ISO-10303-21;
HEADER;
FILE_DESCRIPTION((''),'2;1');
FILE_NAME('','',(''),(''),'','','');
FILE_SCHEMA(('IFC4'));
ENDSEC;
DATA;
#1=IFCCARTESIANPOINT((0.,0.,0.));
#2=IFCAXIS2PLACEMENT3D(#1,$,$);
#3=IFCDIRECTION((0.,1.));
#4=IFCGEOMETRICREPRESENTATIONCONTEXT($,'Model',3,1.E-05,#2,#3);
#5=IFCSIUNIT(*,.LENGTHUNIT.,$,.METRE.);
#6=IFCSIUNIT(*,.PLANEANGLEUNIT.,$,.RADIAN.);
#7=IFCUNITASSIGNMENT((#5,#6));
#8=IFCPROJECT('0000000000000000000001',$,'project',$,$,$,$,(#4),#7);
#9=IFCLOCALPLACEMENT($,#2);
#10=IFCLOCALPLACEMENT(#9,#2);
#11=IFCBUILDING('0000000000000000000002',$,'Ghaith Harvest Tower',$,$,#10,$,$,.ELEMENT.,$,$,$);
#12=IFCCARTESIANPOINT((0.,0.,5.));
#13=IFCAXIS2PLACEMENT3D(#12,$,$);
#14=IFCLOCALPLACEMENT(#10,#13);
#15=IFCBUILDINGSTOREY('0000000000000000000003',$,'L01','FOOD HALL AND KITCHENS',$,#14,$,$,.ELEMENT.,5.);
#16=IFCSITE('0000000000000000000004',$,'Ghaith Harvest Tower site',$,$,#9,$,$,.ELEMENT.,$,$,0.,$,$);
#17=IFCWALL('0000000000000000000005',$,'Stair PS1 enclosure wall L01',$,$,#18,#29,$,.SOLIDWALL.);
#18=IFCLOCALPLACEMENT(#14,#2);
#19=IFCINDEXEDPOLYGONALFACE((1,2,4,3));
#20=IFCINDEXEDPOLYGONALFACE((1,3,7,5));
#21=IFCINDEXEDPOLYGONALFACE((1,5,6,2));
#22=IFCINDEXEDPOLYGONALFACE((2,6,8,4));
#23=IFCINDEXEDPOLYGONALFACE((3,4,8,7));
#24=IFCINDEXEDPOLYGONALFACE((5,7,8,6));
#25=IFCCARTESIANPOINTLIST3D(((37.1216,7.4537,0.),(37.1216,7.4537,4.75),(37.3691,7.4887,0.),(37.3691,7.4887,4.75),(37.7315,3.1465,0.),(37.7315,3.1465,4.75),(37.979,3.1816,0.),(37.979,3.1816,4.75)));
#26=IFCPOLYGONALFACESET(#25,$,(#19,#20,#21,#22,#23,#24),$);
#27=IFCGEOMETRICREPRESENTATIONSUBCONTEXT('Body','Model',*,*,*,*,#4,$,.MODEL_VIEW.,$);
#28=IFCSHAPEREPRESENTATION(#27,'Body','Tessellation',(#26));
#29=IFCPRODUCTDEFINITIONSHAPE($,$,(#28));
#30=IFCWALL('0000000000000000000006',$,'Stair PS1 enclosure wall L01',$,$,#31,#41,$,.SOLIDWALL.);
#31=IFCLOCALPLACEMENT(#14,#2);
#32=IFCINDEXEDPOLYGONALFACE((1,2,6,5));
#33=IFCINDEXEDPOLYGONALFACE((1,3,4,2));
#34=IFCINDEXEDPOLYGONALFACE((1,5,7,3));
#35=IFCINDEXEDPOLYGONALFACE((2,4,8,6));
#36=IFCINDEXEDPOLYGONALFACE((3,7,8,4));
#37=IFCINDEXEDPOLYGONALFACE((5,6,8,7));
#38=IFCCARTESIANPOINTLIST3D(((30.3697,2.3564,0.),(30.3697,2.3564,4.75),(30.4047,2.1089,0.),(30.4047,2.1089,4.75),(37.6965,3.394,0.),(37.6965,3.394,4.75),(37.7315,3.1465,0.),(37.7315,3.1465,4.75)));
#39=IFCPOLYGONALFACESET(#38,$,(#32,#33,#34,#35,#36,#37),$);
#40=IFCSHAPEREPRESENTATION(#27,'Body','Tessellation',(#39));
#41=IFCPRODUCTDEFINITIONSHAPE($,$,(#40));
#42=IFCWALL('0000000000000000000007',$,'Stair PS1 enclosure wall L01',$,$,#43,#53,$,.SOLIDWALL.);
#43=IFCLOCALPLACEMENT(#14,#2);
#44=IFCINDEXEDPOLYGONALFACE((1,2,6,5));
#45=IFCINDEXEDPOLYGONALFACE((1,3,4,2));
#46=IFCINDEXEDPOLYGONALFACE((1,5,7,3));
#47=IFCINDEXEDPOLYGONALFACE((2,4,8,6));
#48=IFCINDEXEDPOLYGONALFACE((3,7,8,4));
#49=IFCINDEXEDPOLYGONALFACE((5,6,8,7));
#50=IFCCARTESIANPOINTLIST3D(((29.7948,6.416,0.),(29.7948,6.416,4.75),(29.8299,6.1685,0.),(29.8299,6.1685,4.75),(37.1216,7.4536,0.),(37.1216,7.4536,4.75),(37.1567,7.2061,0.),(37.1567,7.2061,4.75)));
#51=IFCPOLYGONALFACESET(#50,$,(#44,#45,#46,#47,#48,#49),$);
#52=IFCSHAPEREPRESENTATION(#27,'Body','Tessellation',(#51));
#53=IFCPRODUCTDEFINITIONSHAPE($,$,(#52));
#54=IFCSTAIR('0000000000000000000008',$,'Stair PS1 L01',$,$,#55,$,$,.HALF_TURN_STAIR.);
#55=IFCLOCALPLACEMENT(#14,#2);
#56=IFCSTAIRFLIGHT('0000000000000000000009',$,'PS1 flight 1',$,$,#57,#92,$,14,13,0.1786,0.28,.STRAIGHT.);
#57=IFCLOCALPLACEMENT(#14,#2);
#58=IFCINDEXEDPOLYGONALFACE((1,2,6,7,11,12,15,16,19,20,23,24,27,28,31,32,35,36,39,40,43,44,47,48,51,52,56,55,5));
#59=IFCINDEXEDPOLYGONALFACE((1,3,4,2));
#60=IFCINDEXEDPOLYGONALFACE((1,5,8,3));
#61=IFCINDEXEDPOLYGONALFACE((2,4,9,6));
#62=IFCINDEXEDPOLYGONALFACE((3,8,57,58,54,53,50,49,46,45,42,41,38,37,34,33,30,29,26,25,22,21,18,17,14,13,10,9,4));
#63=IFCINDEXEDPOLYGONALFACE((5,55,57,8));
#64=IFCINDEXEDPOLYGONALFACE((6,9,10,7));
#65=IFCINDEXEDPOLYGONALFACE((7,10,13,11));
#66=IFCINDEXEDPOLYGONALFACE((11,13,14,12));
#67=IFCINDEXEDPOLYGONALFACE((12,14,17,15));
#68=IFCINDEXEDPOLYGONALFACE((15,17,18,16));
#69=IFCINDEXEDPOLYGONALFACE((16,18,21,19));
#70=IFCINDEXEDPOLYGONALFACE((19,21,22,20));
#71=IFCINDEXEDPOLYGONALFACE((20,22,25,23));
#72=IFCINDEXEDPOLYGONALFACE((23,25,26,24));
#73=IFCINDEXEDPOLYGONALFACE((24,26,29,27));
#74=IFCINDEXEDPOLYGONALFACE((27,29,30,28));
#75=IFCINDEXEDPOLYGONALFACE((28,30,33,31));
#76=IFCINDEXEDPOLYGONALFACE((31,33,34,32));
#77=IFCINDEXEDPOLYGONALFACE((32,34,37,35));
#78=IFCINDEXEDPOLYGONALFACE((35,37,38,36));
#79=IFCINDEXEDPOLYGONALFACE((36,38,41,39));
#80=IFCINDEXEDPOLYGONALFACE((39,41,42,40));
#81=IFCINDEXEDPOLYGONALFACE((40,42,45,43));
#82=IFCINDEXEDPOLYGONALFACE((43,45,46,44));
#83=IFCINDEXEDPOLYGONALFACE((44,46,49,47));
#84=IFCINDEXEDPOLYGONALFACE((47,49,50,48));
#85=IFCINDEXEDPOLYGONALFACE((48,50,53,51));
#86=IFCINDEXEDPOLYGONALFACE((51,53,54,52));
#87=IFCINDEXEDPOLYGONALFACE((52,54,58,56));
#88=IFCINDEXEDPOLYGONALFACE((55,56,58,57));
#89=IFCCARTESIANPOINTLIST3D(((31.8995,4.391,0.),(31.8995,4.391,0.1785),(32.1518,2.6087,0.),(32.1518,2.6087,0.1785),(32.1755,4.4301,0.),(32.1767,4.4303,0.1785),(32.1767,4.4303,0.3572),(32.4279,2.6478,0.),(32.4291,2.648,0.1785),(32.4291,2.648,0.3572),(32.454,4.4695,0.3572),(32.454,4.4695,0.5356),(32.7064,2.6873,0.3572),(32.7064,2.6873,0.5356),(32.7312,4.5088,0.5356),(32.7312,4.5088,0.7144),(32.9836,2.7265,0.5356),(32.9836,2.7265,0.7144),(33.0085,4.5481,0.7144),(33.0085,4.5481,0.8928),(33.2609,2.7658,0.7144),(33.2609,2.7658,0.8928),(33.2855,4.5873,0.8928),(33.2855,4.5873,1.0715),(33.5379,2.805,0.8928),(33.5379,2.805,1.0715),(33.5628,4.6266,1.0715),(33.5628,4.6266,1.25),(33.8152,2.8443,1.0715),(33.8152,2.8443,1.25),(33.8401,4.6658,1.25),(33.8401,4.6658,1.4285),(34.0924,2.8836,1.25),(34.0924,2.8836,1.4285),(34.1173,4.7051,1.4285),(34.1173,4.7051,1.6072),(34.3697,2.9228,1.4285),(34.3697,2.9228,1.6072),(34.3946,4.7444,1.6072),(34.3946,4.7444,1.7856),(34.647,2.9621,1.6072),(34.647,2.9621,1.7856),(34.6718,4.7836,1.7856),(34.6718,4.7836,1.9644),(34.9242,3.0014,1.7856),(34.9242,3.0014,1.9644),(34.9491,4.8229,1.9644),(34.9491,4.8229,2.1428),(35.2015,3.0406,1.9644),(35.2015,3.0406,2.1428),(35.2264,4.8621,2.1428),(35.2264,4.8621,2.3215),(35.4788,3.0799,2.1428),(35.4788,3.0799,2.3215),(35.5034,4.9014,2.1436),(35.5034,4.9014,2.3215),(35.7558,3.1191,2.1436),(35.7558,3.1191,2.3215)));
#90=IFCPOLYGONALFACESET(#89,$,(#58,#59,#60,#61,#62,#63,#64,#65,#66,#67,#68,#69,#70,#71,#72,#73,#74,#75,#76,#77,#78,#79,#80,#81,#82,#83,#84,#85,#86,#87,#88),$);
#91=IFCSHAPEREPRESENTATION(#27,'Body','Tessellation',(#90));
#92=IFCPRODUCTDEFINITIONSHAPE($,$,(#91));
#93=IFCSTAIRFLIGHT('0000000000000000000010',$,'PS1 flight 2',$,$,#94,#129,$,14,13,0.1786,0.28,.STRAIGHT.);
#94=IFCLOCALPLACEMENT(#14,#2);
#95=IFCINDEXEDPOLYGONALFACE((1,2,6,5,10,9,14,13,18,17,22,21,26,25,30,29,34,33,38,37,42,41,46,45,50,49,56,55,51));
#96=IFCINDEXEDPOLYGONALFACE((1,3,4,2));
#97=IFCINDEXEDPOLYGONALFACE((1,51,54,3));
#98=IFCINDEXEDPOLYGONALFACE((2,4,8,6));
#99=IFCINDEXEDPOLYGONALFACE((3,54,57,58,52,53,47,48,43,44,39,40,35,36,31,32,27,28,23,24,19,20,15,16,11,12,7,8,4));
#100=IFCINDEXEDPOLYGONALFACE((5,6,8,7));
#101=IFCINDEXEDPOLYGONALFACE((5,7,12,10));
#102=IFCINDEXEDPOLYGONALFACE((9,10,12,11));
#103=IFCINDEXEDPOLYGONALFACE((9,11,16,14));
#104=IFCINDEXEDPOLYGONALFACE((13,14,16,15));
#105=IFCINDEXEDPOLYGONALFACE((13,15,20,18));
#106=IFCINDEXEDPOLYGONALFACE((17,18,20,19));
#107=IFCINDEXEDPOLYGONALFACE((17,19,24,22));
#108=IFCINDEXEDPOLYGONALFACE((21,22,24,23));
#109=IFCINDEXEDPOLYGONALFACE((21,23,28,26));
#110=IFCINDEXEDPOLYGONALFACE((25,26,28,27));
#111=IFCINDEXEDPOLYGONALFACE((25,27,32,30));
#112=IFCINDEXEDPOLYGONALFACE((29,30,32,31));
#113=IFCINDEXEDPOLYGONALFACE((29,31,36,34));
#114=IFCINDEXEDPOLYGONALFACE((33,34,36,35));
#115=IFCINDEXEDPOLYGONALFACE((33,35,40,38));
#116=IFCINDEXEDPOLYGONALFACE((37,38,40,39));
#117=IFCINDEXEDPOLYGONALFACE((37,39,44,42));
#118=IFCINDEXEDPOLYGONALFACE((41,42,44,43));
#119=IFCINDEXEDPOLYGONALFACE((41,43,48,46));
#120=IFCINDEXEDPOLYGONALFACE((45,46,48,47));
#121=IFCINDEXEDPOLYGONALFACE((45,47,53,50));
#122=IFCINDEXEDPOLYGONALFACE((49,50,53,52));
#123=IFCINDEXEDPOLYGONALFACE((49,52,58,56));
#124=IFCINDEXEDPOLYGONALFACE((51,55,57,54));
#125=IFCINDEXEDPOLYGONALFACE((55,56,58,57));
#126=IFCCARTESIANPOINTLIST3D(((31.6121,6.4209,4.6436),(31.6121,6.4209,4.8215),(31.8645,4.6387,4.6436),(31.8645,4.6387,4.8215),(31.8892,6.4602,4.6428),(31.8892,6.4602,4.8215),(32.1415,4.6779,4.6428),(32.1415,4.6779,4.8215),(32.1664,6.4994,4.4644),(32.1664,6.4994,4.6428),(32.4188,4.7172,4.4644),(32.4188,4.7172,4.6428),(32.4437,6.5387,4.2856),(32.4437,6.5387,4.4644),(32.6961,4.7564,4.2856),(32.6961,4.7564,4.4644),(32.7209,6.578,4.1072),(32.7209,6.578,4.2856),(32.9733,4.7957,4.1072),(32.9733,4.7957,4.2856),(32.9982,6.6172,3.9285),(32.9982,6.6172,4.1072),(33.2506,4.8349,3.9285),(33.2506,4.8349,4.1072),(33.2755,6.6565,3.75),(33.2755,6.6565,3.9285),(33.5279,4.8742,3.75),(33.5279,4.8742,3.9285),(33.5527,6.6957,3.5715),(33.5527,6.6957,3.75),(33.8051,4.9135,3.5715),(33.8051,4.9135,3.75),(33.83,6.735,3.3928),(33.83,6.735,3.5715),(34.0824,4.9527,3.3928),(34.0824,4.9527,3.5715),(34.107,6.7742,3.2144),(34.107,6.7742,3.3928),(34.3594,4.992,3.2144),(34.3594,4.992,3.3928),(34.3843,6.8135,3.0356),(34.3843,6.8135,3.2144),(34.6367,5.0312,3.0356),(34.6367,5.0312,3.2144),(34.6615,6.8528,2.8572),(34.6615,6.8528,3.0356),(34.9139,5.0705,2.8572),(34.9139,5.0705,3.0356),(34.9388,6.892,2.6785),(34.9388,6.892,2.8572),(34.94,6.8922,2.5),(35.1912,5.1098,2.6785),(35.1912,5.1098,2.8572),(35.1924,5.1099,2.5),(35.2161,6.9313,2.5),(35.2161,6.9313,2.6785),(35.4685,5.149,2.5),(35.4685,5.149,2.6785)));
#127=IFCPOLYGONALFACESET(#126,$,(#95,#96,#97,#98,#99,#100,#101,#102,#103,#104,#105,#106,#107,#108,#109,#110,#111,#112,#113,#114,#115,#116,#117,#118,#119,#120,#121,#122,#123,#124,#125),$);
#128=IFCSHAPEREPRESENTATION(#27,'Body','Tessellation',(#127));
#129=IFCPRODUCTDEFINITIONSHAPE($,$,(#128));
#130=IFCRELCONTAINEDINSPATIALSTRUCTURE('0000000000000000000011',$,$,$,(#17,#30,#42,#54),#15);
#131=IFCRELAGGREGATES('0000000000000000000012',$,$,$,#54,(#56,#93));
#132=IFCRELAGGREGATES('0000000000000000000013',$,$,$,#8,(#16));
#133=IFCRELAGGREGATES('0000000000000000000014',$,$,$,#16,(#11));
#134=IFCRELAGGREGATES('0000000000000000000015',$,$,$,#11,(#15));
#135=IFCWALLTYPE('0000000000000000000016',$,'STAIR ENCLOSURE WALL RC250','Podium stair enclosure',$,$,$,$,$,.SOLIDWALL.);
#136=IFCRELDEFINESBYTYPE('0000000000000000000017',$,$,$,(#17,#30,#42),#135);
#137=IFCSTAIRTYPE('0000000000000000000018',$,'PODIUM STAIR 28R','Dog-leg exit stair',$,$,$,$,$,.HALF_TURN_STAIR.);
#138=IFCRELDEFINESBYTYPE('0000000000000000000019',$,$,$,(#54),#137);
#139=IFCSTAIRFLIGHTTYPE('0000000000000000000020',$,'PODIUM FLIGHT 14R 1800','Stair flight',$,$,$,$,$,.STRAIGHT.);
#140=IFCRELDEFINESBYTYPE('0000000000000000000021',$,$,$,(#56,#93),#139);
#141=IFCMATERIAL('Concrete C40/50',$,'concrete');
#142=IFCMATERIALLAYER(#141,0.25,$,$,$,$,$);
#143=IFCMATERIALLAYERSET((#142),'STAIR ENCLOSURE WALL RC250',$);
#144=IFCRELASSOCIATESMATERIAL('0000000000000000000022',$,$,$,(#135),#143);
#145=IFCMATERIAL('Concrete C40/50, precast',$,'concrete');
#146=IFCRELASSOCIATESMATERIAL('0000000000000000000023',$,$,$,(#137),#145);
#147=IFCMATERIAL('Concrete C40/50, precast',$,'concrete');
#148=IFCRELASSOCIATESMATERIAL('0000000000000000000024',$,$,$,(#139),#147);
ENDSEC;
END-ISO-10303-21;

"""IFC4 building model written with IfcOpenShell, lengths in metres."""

from ifc_helpers import new_model, si_unit, direction, frame, frame_2d, origin, place, context, subcontext, project, spatial, polyline, rectangle, outline, extrude, material, layer, layer_set, type_object, element, aggregate, save


model = new_model("IFC4")

# Units and contexts
model_context = context("Model", 3, precision=1e-05, world=origin(), true_north=direction((0.0, 1.0)))
body_context = subcontext(model_context, "Body", "Model", "MODEL_VIEW")
ifc_project = project(units=[si_unit("LENGTHUNIT", "METRE"), si_unit("PLANEANGLEUNIT", "RADIAN")], contexts=[model_context])

# Site, building, storey
site_placement = place(None, origin())
site = spatial("IfcSite", under=ifc_project, at=site_placement, Name="Ghaith Harvest Tower site", CompositionType="ELEMENT", RefElevation=0.0)
building_placement = place(site_placement, origin())
building = spatial("IfcBuilding", under=site, at=building_placement, Name="Ghaith Harvest Tower", CompositionType="ELEMENT")
storey_placement = place(building_placement, frame((0.0, 0.0, 5.0)))
storey = spatial("IfcBuildingStorey", under=building, at=storey_placement, Name="L01", Description="FOOD HALL AND KITCHENS", CompositionType="ELEMENT", Elevation=5.0)

# Shared definitions
ifc_material_1 = material(Name="Concrete C40/50", Category="concrete")
ifc_layer = layer(ifc_material_1, 0.25)
ifc_layer_set = layer_set([ifc_layer], Name="STAIR ENCLOSURE WALL RC250")
wall_type = type_object("IfcWallType", Name="STAIR ENCLOSURE WALL RC250", Description="Podium stair enclosure", PredefinedType="SOLIDWALL", material=ifc_layer_set)

# Walls
wall_1_placement = place(storey_placement, frame((37.2454, 7.4712, 0.0), z_axis=(0.0, 0.0, 1.0), x_axis=(0.140196, -0.990124, 0.0)))
element("IfcWall", 1, at=wall_1_placement, inside=storey, type_object=wall_type, Name="Stair PS1 enclosure wall L01", PredefinedType="SOLIDWALL", context=body_context, shape_type="SweptSolid", body=[
    extrude(rectangle(XDim=4.3501, YDim=0.25, at=frame_2d((2.175, 0.0))), origin(), (0.0, 0.0, 1.0), 4.75),
])
for number, where, z_axis, x_axis, name in (
    (2, (30.3872, 2.2327, 0.0), (0.0, 0.0, 1.0), (0.990121, 0.140216, 0.0), "Stair PS1 enclosure wall L01"),
    (3, (37.1392, 7.3298, 0.0), (0.0, 0.0, 1.0), (-0.990121, -0.140216, 0.0), "Stair PS1 enclosure wall L01"),
):
    element("IfcWall", number, at=place(storey_placement, frame(where, z_axis=z_axis, x_axis=x_axis)), inside=storey, type_object=wall_type, Name=name, PredefinedType="SOLIDWALL", context=body_context, shape_type="SweptSolid", body=[
        extrude(rectangle(XDim=7.3999, YDim=0.25, at=frame_2d((3.7, 0.0))), origin(), (0.0, 0.0, 1.0), 4.75),
    ])

# Stair, stair flights
ifc_material_2 = material(Name="Concrete C40/50, precast", Category="concrete")
stair_type = type_object("IfcStairType", Name="PODIUM STAIR 28R", Description="Dog-leg exit stair", PredefinedType="HALF_TURN_STAIR", material=ifc_material_2)
stair_placement = place(storey_placement, origin())
stair = element("IfcStair", 4, at=stair_placement, inside=storey, type_object=stair_type, Name="Stair PS1 L01", PredefinedType="HALF_TURN_STAIR")
ifc_material_3 = material(Name="Concrete C40/50, precast", Category="concrete")
stair_flight_type = type_object("IfcStairFlightType", Name="PODIUM FLIGHT 14R 1800", Description="Stair flight", PredefinedType="STRAIGHT", material=ifc_material_3)
stair_flight_1_placement = place(storey_placement, frame((32.0256, 3.5, 0.0), z_axis=(0.0, 0.0, 1.0), x_axis=(0.990121, 0.140213, 0.0)))
stair_flight_1 = element("IfcStairFlight", 5, at=stair_flight_1_placement, type_object=stair_flight_type, Name="PS1 flight 1", NumberOfRisers=14, NumberOfTreads=13, PredefinedType="STRAIGHT", RiserHeight=0.1786, TreadLength=0.28, context=body_context, shape_type="SweptSolid", body=[
    extrude(outline(polyline([(0.0, 0.0), (0.0, 0.1785), (0.28, 0.1785), (0.28, 0.3572), (0.5601, 0.3572), (0.5601, 0.5356), (0.8401, 0.5356), (0.8401, 0.7144), (1.1201, 0.7144), (1.1201, 0.8928), (1.3999, 0.8928), (1.3999, 1.0715), (1.6799, 1.0715), (1.6799, 1.25), (1.96, 1.25), (1.96, 1.4285), (2.24, 1.4285), (2.24, 1.6072), (2.52, 1.6072), (2.52, 1.7856), (2.8, 1.7856), (2.8, 1.9644), (3.0801, 1.9644), (3.0801, 2.1428), (3.3601, 2.1428), (3.3601, 2.3215), (3.6399, 2.3215), (3.6399, 2.5), (3.6399, 2.1436), (0.2788, 0.0), (0.0, 0.0)])), frame((0.0, 0.8999, 0.0), z_axis=(0.0, -1.0, 0.0), x_axis=(1.0, 0.0, 0.0)), (0.0, 0.0, 1.0), 1.8),
])
stair_flight_2_placement = place(storey_placement, frame((35.3423, 6.04, 2.5), z_axis=(0.0, 0.0, 1.0), x_axis=(-0.990121, -0.140213, 0.0)))
stair_flight_2 = element("IfcStairFlight", 6, at=stair_flight_2_placement, type_object=stair_flight_type, Name="PS1 flight 2", NumberOfRisers=14, NumberOfTreads=13, PredefinedType="STRAIGHT", RiserHeight=0.1786, TreadLength=0.28, context=body_context, shape_type="SweptSolid", body=[
    extrude(outline(polyline([(0.0, 0.0), (0.0, 0.1785), (0.28, 0.1785), (0.28, 0.3572), (0.5601, 0.3572), (0.5601, 0.5356), (0.8401, 0.5356), (0.8401, 0.7144), (1.1201, 0.7144), (1.1201, 0.8928), (1.3999, 0.8928), (1.3999, 1.0715), (1.6799, 1.0715), (1.6799, 1.25), (1.96, 1.25), (1.96, 1.4285), (2.24, 1.4285), (2.24, 1.6072), (2.52, 1.6072), (2.52, 1.7856), (2.8, 1.7856), (2.8, 1.9644), (3.0801, 1.9644), (3.0801, 2.1428), (3.3601, 2.1428), (3.3601, 2.3215), (3.6399, 2.3215), (3.6399, 2.5), (3.6399, 2.1436), (0.2788, 0.0), (0.0, 0.0)])), frame((0.0, 0.8999, 0.0), z_axis=(0.0, -1.0, 0.0), x_axis=(1.0, 0.0, 0.0)), (0.0, 0.0, 1.0), 1.8),
])
aggregate(stair, [stair_flight_1, stair_flight_2])

save(model, "model.ifc")
